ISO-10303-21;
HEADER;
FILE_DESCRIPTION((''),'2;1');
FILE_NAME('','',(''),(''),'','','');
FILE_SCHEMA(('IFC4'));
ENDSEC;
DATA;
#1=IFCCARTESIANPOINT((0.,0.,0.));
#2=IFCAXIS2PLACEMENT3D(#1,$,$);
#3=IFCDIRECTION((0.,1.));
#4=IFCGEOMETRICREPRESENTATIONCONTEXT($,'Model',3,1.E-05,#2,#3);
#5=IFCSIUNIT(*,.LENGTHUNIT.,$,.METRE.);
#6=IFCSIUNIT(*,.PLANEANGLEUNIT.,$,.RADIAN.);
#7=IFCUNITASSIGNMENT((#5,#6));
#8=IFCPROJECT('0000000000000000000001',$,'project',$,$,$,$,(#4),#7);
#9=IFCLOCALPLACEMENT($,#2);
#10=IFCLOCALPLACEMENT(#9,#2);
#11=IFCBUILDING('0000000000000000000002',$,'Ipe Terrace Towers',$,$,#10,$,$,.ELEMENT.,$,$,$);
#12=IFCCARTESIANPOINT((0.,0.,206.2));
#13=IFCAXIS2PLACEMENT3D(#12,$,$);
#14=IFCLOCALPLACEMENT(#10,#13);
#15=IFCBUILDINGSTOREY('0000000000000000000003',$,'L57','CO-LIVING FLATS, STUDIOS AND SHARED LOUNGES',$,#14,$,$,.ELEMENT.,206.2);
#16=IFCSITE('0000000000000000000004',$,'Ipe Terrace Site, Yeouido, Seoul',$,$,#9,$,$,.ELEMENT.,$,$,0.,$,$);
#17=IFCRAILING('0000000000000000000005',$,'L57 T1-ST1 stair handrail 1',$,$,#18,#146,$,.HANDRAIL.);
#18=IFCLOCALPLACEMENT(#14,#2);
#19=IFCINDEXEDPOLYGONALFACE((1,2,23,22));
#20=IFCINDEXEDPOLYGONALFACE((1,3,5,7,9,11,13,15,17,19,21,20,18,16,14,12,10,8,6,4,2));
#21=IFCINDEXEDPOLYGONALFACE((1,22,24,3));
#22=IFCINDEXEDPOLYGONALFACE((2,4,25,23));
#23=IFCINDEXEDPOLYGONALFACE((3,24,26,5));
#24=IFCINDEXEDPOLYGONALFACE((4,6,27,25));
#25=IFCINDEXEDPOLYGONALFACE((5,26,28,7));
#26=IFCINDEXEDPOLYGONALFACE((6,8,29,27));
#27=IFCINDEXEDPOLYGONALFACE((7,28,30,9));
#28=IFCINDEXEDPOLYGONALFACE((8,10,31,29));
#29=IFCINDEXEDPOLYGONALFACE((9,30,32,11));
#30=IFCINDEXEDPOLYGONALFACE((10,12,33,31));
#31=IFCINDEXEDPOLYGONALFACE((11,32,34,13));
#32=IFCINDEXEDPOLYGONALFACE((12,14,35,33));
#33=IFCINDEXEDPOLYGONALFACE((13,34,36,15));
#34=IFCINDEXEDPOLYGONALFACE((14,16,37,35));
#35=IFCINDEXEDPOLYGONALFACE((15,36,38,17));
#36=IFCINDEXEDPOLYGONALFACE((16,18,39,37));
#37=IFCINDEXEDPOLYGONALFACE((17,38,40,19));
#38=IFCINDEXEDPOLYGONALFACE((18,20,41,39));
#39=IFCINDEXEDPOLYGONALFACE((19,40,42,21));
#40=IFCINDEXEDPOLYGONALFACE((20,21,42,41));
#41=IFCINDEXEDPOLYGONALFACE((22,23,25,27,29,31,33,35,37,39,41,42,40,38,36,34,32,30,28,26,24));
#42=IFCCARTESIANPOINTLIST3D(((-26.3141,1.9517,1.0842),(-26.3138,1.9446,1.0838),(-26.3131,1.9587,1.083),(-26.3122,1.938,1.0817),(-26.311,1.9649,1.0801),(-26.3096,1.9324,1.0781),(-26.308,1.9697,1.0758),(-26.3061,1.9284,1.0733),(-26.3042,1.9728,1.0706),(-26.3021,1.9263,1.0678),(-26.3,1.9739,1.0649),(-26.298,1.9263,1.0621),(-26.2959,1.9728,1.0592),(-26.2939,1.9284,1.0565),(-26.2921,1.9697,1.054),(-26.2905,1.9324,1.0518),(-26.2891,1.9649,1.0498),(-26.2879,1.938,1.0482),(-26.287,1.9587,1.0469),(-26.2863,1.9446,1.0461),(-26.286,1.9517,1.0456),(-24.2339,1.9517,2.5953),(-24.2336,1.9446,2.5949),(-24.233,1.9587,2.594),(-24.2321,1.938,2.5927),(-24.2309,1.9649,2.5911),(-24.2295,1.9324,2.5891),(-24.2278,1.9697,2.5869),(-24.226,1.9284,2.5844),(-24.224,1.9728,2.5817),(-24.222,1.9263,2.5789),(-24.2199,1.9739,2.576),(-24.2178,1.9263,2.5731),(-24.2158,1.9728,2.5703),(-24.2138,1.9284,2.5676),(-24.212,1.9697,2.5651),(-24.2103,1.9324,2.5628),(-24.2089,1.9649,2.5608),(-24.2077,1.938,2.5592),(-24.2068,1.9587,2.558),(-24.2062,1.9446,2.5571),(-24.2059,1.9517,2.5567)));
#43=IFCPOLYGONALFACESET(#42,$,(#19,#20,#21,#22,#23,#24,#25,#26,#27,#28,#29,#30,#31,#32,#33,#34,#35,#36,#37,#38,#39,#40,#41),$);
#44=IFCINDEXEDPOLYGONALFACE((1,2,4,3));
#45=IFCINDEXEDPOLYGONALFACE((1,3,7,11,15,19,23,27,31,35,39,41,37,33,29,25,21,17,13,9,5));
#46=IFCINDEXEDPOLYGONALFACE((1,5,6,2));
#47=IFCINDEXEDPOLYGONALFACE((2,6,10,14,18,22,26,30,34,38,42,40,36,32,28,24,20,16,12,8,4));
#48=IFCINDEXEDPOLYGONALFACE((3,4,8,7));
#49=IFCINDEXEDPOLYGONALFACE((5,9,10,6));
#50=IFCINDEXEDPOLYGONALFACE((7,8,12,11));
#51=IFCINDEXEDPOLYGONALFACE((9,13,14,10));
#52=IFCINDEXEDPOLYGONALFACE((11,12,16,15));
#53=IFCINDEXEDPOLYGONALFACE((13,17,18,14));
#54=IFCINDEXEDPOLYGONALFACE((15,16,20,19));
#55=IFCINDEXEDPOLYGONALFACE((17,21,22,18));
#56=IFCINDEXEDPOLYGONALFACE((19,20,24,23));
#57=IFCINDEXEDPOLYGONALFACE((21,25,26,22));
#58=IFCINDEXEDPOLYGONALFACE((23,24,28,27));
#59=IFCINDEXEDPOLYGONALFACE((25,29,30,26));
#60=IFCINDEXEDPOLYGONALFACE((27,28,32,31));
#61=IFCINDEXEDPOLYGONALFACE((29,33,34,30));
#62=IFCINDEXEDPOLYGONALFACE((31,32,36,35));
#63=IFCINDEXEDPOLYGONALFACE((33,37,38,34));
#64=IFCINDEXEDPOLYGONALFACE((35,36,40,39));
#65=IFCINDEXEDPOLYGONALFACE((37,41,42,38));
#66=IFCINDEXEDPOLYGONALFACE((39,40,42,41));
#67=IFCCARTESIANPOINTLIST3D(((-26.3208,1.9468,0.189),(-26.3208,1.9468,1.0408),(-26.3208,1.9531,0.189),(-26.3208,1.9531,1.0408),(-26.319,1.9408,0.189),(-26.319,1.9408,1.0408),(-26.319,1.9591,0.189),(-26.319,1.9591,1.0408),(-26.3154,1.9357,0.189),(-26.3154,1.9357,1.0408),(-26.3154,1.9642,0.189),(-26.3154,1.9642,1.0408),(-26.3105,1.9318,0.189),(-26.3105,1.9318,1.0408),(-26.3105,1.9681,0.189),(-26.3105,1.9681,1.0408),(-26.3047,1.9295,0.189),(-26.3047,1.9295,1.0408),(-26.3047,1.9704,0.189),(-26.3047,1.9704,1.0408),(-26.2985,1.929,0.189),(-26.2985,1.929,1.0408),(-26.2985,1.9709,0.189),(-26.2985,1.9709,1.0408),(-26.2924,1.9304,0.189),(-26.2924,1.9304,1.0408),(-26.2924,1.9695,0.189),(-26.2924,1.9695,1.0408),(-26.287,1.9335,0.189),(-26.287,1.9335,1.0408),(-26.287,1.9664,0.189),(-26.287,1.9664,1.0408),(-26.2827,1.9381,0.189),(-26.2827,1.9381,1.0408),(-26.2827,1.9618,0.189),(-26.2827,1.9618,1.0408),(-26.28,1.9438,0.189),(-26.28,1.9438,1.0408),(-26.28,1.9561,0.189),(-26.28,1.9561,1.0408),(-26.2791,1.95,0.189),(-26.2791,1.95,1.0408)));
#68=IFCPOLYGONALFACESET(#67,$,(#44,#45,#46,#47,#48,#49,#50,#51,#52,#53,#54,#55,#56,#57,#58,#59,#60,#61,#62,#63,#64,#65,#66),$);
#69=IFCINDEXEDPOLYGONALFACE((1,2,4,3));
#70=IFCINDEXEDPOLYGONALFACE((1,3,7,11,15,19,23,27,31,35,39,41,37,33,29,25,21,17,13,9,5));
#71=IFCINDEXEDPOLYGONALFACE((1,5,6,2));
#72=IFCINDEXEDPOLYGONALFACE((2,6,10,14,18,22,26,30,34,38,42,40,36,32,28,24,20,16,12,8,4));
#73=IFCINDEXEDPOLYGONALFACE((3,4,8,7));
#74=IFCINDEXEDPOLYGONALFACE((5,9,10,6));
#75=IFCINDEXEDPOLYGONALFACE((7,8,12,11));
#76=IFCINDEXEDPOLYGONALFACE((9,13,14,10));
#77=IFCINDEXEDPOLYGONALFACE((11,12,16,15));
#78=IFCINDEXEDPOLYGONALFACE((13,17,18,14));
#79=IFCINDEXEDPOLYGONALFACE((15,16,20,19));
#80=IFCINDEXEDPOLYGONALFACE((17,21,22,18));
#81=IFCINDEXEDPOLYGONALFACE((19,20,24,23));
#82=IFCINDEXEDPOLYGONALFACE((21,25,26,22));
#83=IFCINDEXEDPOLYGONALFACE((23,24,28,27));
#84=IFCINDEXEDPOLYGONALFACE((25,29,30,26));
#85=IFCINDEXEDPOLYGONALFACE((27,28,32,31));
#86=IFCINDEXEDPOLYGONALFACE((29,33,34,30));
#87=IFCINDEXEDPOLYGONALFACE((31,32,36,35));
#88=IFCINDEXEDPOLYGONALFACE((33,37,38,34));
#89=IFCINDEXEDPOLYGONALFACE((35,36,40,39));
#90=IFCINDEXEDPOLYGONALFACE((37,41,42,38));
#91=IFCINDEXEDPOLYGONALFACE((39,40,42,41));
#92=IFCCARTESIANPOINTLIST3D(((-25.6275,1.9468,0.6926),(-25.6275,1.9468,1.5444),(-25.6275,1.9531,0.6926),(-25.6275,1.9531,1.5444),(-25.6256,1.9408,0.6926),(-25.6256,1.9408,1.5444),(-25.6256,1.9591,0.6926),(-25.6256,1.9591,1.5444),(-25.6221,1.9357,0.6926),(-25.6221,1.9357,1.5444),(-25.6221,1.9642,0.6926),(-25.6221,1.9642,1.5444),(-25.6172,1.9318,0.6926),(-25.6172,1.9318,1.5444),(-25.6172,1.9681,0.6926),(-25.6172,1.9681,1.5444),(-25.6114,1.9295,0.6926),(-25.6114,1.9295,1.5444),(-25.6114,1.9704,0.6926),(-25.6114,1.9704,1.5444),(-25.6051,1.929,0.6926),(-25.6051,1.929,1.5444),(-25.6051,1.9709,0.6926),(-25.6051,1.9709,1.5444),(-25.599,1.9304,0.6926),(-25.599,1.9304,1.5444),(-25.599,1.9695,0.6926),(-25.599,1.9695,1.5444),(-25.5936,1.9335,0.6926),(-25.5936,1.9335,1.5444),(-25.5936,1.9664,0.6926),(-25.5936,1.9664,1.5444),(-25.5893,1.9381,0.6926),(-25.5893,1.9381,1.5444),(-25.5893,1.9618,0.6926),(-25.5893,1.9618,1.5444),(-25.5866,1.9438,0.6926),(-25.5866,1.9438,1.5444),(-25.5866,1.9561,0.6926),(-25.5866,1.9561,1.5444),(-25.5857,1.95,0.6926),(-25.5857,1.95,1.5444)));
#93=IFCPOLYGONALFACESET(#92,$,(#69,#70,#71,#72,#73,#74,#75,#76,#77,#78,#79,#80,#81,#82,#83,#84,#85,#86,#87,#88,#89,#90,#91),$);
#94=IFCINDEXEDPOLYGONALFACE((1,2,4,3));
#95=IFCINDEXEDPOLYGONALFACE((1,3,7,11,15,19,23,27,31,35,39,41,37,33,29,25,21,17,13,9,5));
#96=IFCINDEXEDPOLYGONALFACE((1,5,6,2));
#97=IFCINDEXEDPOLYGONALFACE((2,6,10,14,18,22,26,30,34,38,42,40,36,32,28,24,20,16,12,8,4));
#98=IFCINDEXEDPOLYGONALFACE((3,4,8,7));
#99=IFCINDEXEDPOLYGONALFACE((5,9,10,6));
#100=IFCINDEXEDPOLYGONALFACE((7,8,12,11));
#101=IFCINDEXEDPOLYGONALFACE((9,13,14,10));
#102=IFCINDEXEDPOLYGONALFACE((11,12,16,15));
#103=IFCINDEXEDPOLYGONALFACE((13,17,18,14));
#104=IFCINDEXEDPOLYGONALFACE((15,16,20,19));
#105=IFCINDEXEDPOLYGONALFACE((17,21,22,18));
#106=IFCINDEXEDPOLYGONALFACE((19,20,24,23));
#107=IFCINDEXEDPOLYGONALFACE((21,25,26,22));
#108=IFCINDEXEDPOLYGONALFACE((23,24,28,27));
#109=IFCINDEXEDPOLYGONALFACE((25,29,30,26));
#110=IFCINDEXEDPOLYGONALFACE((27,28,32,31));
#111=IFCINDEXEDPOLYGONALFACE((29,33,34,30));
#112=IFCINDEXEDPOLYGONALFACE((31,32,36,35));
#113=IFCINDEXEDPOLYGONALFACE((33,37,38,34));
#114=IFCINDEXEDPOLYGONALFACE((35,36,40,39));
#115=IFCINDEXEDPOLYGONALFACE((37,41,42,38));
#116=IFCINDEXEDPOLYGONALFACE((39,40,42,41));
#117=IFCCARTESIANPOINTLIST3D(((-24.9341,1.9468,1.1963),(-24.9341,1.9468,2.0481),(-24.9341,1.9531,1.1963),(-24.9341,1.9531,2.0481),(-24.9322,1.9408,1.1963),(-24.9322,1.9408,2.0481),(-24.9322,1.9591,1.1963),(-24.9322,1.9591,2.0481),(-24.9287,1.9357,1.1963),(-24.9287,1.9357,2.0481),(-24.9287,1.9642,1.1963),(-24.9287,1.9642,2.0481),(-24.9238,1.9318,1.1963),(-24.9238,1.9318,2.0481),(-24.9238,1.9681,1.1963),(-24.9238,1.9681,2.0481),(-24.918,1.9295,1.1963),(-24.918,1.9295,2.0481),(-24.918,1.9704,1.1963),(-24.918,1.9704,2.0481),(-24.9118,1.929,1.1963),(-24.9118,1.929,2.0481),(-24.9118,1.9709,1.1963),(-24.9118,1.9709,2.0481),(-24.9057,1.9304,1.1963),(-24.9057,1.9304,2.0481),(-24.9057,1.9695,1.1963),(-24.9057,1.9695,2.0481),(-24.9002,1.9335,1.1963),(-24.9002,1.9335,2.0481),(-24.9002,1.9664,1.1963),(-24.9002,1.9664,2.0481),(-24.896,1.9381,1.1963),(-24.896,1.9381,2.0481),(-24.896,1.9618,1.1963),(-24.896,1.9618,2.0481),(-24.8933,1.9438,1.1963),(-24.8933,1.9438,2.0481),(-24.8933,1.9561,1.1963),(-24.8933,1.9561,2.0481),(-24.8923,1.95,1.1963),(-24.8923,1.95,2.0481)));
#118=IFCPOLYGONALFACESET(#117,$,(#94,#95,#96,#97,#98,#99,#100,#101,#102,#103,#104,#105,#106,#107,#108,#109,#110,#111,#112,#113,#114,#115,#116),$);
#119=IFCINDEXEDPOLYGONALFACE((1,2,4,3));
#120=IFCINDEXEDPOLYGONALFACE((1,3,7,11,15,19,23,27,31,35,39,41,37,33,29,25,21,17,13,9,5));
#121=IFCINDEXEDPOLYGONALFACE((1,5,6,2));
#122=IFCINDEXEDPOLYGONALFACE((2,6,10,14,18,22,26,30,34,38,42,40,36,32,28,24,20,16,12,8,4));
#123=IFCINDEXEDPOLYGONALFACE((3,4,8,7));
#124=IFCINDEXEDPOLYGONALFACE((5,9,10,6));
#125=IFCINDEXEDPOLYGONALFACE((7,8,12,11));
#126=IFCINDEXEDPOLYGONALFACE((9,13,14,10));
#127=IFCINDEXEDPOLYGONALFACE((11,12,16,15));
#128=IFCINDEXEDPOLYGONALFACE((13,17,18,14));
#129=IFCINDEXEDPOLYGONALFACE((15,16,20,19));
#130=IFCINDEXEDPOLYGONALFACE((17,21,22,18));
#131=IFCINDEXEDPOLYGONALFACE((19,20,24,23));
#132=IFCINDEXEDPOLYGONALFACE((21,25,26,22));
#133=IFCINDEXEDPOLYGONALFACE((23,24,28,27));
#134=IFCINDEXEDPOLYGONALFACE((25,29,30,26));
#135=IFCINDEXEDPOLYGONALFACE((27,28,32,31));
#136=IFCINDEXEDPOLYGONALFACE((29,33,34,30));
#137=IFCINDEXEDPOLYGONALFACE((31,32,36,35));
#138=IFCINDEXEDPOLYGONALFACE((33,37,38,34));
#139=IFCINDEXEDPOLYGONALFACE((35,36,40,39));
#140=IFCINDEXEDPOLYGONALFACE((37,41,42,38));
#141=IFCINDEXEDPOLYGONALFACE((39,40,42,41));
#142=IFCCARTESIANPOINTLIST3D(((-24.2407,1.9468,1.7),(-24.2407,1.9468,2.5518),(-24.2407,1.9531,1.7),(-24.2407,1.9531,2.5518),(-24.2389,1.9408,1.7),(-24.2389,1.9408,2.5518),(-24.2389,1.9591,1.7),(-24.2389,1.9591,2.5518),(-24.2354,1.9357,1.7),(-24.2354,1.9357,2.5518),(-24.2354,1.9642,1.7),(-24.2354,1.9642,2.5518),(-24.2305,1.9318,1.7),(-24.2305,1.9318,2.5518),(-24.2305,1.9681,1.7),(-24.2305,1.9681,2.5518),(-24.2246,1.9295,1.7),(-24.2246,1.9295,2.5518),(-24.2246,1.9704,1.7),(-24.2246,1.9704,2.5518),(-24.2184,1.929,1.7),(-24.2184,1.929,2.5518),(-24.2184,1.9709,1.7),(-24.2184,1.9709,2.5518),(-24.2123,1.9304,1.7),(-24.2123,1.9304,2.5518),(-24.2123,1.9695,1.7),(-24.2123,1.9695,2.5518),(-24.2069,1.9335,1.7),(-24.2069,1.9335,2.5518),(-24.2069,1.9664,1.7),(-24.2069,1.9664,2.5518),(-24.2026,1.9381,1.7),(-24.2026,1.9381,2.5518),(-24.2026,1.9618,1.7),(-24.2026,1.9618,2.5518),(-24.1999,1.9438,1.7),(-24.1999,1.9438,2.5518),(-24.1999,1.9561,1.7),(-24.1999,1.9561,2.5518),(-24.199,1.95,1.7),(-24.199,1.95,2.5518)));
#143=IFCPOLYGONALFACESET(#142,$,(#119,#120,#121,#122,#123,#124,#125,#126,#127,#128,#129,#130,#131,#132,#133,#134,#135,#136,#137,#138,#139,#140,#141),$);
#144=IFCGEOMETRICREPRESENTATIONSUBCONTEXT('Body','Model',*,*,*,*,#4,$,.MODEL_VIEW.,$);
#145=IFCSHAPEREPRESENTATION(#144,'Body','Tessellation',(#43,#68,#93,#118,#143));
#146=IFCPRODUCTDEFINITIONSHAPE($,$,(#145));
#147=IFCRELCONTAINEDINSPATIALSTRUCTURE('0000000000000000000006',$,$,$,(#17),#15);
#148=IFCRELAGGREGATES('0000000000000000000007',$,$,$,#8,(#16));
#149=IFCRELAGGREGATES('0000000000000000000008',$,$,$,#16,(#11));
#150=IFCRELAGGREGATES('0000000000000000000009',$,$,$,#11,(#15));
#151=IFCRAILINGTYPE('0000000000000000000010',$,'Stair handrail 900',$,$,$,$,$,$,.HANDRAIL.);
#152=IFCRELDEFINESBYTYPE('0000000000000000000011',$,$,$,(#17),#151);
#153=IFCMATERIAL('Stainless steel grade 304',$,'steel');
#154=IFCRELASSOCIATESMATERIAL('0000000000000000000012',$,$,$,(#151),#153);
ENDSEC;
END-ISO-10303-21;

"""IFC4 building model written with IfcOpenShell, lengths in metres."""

from ifc_helpers import new_model, si_unit, direction, frame, origin, origin_2d, place, context, subcontext, project, spatial, circle, extrude, material, type_object, element, save


model = new_model("IFC4")

# Units and contexts
model_context = context("Model", 3, precision=1e-05, world=origin(), true_north=direction((0.0, 1.0)))
body_context = subcontext(model_context, "Body", "Model", "MODEL_VIEW")
ifc_project = project(units=[si_unit("LENGTHUNIT", "METRE"), si_unit("PLANEANGLEUNIT", "RADIAN")], contexts=[model_context])

# Site, building, storey
site_placement = place(None, origin())
site = spatial("IfcSite", under=ifc_project, at=site_placement, Name="Ipe Terrace Site, Yeouido, Seoul", CompositionType="ELEMENT", RefElevation=0.0)
building_placement = place(site_placement, origin())
building = spatial("IfcBuilding", under=site, at=building_placement, Name="Ipe Terrace Towers", CompositionType="ELEMENT")
storey_placement = place(building_placement, frame((0.0, 0.0, 206.2)))
storey = spatial("IfcBuildingStorey", under=building, at=storey_placement, Name="L57", Description="CO-LIVING FLATS, STUDIOS AND SHARED LOUNGES", CompositionType="ELEMENT", Elevation=206.2)

# Railing
ifc_material_1 = material(Name="Stainless steel grade 304", Category="steel")
railing_type_1 = type_object("IfcRailingType", Name="Stair handrail 900", PredefinedType="HANDRAIL", material=ifc_material_1)
railing_1_placement = place(storey_placement, frame((-26.3, 1.95, 0.189)))
element("IfcRailing", 1, at=railing_1_placement, inside=storey, type_object=railing_type_1, Name="L57 T1-ST1 stair handrail 1", PredefinedType="HANDRAIL", context=body_context, shape_type="SweptSolid", body=[
    extrude(circle(Radius=0.0239, at=origin_2d()), frame((0.0, 0.0, 0.876), z_axis=(0.809069, 0.0, 0.587714), x_axis=(0.0, 1.0, 0.0)), (0.0, 0.0, 1.0), 2.571),
    extrude(circle(Radius=0.021, at=origin_2d()), origin(), (0.0, 0.0, 1.0), 0.8518),
    extrude(circle(Radius=0.021, at=origin_2d()), frame((0.6934, 0.0, 0.5037)), (0.0, 0.0, 1.0), 0.8518),
    extrude(circle(Radius=0.021, at=origin_2d()), frame((1.3867, 0.0, 1.0073)), (0.0, 0.0, 1.0), 0.8518),
    extrude(circle(Radius=0.021, at=origin_2d()), frame((2.0801, 0.0, 1.511)), (0.0, 0.0, 1.0), 0.8518),
])

save(model, "model.ifc")
